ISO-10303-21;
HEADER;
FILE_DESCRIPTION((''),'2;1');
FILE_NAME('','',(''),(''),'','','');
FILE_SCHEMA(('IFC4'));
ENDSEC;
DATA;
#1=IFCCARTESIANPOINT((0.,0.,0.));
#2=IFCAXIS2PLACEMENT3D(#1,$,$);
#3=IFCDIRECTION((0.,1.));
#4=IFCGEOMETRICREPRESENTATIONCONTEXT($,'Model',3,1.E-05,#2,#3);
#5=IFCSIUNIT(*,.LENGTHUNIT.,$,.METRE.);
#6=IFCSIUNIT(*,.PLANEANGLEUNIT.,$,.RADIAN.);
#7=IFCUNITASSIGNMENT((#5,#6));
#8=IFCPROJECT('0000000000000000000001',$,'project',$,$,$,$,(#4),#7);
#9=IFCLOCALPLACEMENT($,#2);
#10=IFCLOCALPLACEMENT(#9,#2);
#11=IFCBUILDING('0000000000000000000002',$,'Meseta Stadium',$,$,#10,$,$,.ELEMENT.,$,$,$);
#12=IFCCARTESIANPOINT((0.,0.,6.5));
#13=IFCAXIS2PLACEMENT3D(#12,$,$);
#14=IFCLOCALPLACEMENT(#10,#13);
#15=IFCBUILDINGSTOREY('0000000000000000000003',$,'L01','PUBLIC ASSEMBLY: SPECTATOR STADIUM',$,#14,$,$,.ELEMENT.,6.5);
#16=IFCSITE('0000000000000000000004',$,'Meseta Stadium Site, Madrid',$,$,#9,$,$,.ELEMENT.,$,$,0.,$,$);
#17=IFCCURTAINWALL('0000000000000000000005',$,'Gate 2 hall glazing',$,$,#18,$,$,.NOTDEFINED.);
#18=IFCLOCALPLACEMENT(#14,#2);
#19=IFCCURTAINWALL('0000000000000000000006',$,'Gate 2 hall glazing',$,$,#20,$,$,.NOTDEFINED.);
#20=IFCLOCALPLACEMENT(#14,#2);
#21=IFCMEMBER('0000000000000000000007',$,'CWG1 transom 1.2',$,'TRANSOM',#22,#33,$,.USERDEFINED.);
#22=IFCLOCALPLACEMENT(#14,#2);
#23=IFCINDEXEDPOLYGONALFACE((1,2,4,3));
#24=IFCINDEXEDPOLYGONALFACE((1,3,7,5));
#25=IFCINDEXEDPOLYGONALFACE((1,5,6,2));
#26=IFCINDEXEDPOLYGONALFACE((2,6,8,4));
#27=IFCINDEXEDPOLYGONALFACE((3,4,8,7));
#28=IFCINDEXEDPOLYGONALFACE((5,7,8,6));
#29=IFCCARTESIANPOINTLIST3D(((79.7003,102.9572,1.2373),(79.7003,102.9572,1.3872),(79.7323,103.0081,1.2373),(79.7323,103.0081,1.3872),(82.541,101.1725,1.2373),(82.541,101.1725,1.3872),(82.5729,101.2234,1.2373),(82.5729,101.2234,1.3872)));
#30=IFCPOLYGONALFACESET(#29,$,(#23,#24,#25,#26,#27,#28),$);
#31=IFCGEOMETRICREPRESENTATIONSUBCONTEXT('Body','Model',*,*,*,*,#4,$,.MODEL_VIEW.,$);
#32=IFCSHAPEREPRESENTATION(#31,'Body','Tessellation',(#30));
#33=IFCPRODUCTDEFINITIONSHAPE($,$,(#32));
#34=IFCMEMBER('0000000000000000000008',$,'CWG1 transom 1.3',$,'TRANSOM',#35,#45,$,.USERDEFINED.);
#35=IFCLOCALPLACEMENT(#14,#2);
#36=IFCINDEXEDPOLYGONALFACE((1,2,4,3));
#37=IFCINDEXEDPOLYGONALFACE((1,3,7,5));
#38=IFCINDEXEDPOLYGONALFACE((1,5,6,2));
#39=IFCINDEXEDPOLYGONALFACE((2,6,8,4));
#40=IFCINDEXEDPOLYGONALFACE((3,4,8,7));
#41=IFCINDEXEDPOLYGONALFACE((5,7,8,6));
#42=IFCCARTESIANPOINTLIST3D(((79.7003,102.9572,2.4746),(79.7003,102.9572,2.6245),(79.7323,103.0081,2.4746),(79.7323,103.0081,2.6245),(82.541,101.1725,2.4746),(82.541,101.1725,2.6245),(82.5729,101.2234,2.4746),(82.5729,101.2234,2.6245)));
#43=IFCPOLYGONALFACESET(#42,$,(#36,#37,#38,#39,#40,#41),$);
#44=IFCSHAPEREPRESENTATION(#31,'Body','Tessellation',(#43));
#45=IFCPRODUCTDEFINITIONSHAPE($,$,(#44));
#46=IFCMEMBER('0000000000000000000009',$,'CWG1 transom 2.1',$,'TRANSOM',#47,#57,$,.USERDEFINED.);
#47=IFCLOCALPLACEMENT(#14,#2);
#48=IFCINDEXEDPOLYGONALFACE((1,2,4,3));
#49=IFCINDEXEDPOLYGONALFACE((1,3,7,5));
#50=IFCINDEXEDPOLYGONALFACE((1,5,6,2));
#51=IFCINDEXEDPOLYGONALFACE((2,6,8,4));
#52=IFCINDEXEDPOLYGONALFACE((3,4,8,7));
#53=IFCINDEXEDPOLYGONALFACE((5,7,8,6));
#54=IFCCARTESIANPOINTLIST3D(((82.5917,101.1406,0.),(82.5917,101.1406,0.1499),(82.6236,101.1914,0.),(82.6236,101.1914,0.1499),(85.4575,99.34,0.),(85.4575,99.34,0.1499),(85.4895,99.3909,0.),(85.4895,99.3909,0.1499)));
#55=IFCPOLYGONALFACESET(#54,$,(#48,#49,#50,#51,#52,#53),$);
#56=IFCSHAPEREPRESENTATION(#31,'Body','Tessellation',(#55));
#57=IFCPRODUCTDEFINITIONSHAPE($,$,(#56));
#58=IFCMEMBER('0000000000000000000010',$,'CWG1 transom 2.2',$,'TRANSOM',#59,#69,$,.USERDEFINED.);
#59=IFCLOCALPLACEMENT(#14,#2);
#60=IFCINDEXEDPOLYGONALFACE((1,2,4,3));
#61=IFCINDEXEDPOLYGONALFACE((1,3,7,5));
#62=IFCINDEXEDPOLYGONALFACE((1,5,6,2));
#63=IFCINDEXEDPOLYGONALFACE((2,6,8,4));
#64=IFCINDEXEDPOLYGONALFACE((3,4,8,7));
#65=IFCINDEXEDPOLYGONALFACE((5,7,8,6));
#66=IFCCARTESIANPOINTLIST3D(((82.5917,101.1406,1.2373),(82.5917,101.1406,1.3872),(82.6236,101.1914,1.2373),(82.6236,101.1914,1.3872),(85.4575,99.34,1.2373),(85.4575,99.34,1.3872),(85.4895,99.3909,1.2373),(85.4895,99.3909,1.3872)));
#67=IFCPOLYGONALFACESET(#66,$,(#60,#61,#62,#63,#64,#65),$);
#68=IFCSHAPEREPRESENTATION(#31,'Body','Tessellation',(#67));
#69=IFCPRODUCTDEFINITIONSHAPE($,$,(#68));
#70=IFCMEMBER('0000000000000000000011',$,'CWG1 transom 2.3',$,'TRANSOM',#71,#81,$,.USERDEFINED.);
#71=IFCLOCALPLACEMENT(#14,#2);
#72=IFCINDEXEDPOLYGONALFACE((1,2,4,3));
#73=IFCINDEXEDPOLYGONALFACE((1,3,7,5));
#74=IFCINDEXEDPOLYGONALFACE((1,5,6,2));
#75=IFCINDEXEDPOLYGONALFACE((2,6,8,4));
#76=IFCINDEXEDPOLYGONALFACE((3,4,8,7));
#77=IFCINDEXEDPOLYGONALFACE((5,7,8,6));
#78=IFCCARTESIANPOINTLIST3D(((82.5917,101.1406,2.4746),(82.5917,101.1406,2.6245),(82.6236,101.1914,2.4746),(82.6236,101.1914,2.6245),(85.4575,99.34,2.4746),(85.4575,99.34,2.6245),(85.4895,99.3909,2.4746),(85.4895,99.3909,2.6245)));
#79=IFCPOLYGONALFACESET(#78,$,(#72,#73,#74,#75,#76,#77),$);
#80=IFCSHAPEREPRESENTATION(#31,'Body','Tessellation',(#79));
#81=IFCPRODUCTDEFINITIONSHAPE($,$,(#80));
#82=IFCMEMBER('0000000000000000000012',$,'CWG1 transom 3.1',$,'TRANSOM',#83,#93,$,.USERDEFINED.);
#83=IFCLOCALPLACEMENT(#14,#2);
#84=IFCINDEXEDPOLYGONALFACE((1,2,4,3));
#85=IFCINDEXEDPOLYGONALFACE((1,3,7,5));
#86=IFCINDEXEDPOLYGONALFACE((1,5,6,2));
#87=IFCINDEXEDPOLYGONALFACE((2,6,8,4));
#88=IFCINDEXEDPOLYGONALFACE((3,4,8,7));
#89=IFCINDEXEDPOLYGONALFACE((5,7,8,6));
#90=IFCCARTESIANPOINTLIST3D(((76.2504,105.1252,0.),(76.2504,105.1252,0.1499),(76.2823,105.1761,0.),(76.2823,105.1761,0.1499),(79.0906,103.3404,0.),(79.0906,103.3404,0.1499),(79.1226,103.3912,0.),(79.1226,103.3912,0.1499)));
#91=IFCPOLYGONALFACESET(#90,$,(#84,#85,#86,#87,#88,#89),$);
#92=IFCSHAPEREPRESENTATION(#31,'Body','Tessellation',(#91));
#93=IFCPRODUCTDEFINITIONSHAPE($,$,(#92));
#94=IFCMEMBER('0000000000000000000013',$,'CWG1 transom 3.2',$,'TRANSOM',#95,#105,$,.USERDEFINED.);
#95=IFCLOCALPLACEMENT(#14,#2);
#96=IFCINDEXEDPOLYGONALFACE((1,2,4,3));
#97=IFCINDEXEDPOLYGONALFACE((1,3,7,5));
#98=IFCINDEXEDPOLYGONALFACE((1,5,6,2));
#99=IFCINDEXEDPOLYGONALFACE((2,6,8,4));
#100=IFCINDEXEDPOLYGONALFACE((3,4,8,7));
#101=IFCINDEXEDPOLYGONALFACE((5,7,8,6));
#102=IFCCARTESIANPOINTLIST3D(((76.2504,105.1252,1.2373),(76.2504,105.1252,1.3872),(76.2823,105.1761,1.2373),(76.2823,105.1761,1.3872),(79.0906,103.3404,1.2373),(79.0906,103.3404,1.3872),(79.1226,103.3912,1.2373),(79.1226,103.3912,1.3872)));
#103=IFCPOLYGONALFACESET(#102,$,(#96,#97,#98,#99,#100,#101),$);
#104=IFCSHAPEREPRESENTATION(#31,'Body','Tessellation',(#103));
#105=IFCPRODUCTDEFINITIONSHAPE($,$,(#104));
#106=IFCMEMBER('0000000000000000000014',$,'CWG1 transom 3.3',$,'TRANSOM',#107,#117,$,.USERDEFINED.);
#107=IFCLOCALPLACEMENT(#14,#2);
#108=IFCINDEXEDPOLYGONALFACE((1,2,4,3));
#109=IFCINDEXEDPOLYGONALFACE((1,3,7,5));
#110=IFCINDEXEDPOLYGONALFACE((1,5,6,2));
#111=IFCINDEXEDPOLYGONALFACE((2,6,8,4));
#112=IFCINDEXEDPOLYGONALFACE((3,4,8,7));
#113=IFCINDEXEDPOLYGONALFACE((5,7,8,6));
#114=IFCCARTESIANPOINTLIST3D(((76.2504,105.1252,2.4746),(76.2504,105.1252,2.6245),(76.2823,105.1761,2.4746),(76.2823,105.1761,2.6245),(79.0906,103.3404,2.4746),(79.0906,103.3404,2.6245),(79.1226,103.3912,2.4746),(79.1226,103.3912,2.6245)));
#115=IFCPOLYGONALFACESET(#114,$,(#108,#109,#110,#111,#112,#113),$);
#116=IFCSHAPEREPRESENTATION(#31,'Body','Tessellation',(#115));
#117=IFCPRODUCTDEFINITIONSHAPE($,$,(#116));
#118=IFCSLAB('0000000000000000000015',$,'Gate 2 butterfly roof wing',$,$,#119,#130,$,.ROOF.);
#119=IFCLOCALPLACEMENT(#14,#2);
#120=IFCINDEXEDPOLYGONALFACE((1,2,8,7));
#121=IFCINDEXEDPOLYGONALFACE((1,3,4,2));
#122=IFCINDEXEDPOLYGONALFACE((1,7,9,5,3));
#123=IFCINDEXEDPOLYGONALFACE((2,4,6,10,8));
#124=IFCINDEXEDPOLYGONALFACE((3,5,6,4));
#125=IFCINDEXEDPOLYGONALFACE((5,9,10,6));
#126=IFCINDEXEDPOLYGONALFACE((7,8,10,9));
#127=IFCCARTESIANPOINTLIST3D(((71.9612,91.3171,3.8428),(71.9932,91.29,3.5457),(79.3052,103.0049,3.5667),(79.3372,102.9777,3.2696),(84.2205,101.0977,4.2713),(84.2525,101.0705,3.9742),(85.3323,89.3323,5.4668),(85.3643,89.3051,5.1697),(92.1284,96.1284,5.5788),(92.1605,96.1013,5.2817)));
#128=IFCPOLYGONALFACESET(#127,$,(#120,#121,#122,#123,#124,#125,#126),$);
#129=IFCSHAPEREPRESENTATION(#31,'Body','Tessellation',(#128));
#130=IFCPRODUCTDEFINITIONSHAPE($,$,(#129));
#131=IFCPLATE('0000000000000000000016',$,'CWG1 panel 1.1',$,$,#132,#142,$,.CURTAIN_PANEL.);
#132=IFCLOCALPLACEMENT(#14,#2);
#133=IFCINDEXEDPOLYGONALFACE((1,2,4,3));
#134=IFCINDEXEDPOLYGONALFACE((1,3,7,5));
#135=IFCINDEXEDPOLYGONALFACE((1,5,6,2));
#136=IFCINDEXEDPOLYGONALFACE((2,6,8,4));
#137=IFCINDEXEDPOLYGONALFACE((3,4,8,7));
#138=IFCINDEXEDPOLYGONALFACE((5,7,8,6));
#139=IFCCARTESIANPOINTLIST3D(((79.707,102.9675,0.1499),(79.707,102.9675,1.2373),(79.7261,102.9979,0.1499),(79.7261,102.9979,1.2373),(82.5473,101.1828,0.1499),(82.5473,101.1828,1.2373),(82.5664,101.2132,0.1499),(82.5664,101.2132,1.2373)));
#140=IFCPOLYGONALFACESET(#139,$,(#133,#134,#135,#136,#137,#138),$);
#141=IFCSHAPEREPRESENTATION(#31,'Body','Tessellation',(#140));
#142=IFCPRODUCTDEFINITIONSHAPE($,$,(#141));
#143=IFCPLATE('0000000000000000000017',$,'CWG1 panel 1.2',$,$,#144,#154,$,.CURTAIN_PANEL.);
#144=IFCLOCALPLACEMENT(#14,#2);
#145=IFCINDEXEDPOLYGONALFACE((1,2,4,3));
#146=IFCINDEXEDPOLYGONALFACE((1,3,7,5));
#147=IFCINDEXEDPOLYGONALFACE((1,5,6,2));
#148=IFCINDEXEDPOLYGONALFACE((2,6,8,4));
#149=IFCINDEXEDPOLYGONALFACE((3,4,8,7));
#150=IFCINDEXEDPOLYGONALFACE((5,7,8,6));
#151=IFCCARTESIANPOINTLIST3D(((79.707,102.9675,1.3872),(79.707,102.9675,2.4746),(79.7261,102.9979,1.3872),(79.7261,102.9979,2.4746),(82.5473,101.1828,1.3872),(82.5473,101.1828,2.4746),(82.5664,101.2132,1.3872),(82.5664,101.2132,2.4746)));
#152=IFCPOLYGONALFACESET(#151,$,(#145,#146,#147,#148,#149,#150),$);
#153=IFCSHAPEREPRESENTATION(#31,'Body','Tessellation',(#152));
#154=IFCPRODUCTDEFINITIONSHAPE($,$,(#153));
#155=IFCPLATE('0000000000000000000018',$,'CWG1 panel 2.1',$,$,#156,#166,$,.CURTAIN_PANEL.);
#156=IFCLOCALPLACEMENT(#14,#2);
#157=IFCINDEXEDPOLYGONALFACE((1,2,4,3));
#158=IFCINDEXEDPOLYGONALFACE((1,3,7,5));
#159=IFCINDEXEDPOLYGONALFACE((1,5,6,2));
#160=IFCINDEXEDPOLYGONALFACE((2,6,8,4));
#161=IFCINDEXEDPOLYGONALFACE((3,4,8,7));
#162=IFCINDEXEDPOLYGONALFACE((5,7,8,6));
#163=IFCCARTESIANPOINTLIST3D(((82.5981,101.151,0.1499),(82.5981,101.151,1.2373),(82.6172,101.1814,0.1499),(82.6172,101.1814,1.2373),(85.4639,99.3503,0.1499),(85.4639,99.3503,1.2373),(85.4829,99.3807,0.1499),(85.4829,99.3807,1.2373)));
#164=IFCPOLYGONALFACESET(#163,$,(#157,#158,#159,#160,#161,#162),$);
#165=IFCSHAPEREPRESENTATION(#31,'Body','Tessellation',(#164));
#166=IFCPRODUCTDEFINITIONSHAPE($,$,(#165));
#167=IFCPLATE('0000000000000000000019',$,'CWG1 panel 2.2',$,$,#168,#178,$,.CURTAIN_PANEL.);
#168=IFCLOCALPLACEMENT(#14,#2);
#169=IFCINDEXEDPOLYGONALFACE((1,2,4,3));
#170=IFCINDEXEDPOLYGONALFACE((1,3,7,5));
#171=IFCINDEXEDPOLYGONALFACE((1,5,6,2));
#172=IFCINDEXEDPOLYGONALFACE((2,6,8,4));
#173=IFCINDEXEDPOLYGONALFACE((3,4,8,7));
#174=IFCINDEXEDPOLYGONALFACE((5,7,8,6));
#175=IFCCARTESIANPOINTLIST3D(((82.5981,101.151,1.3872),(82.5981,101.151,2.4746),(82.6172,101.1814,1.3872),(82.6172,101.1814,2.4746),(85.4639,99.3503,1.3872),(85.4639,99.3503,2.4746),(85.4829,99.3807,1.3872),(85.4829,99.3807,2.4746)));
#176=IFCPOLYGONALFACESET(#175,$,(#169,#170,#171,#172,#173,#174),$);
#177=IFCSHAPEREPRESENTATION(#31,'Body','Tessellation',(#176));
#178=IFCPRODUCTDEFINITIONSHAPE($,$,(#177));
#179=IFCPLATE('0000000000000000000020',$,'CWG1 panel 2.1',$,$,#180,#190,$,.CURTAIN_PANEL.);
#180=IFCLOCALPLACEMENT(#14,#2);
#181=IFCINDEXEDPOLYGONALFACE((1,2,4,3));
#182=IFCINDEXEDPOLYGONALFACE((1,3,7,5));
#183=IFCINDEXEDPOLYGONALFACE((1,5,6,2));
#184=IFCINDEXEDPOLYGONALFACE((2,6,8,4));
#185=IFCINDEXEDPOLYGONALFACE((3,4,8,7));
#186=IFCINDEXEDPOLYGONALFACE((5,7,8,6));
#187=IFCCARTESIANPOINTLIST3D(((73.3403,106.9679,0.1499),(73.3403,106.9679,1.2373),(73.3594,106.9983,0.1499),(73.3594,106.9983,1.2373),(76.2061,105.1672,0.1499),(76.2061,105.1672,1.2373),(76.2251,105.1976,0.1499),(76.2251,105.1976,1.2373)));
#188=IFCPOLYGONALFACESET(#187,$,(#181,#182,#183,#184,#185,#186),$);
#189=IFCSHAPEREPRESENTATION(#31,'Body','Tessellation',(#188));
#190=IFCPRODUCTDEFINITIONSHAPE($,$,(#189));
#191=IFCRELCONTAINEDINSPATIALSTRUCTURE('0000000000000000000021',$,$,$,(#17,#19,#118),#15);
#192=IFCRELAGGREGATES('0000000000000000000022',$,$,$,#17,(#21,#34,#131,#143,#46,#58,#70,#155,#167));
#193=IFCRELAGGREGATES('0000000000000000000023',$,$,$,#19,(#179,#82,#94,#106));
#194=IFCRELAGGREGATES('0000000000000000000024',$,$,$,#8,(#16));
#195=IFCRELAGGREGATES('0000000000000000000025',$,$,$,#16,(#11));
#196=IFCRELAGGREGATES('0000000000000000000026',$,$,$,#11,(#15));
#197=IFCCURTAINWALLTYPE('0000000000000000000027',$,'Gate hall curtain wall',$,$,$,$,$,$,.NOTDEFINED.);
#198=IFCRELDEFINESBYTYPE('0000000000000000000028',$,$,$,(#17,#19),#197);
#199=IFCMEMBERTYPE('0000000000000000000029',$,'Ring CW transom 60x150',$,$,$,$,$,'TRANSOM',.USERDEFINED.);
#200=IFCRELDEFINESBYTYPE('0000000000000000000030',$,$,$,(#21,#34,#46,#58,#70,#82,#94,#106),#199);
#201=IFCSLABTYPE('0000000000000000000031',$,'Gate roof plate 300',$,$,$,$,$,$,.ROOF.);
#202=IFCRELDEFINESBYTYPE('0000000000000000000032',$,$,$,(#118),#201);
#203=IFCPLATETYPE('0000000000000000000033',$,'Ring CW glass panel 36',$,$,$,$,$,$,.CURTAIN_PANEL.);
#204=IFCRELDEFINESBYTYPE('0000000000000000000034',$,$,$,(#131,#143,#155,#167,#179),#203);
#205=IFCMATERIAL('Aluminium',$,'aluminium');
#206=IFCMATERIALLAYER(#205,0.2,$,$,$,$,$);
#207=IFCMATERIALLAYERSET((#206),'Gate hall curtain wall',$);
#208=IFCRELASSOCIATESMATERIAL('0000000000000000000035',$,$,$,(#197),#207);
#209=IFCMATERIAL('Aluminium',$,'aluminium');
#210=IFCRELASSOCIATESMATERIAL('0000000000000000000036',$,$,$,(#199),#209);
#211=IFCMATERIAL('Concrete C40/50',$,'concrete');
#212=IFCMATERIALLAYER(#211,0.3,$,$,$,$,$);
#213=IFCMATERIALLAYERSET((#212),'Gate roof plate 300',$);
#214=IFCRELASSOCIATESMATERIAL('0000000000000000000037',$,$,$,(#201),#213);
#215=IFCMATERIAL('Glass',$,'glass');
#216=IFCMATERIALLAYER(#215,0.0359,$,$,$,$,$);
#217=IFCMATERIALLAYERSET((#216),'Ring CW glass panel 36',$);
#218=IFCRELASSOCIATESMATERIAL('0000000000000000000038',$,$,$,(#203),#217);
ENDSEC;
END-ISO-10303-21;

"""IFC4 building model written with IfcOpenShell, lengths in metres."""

from ifc_helpers import new_model, si_unit, direction, frame, origin, origin_2d, place, context, subcontext, project, spatial, polyline, rectangle, outline, extrude, material, layer, layer_set, material_profile, profile_set, type_object, element, aggregate, save


model = new_model("IFC4")

# Units and contexts
model_context = context("Model", 3, precision=1e-05, world=origin(), true_north=direction((0.0, 1.0)))
body_context = subcontext(model_context, "Body", "Model", "MODEL_VIEW")
ifc_project = project(units=[si_unit("LENGTHUNIT", "METRE"), si_unit("PLANEANGLEUNIT", "RADIAN")], contexts=[model_context])

# Site, building, storey
site_placement = place(None, origin())
site = spatial("IfcSite", under=ifc_project, at=site_placement, Name="Meseta Stadium Site, Madrid", CompositionType="ELEMENT", RefElevation=0.0)
building_placement = place(site_placement, origin())
building = spatial("IfcBuilding", under=site, at=building_placement, Name="Meseta Stadium", CompositionType="ELEMENT")
storey_placement = place(building_placement, frame((0.0, 0.0, 6.5)))
storey = spatial("IfcBuildingStorey", under=building, at=storey_placement, Name="L01", Description="PUBLIC ASSEMBLY: SPECTATOR STADIUM", CompositionType="ELEMENT", Elevation=6.5)

# Curtain walls
ifc_material_1 = material(Name="Aluminium", Category="aluminium")
ifc_layer_1 = layer(ifc_material_1, 0.2)
ifc_layer_set_1 = layer_set([ifc_layer_1], Name="Gate hall curtain wall")
curtain_wall_type = type_object("IfcCurtainWallType", Name="Gate hall curtain wall", PredefinedType="NOTDEFINED", material=ifc_layer_set_1)
curtain_wall_1_placement = place(storey_placement, origin())
curtain_wall_1 = element("IfcCurtainWall", 1, at=curtain_wall_1_placement, inside=storey, type_object=curtain_wall_type, Name="Gate 2 hall glazing", PredefinedType="NOTDEFINED")
curtain_wall_2_placement = place(storey_placement, origin())
curtain_wall_2 = element("IfcCurtainWall", 2, at=curtain_wall_2_placement, inside=storey, type_object=curtain_wall_type, Name="Gate 2 hall glazing", PredefinedType="NOTDEFINED")

# Members
ifc_material_2 = material(Name="Aluminium", Category="aluminium")
ifc_material_profile_1 = material_profile(ifc_material_2, rectangle(XDim=0.0601, YDim=0.1499, at=origin_2d()), Name="CW 60x150")
ifc_profile_set_1 = profile_set([ifc_material_profile_1], Name="Aluminium")
member_type_1 = type_object("IfcMemberType", Name="Ring CW transom 60x150", ElementType="TRANSOM", PredefinedType="USERDEFINED", material=ifc_profile_set_1)
member_1_placement = place(storey_placement, frame((79.7163, 102.9827, 1.3123), z_axis=(0.846749, -0.531993, 0.0), x_axis=(0.531993, 0.846749, 0.0)))
member_1 = element("IfcMember", 3, at=member_1_placement, type_object=member_type_1, Name="CWG1 transom 1.2", ObjectType="TRANSOM", PredefinedType="USERDEFINED", context=body_context, shape_type="SweptSolid", body=[
    extrude(rectangle(XDim=0.0601, YDim=0.1499, at=origin_2d()), origin(), (0.0, 0.0, 1.0), 3.3547),
])
member_2_placement = place(storey_placement, frame((79.7163, 102.9827, 2.5496), z_axis=(0.846749, -0.531993, 0.0), x_axis=(0.531993, 0.846749, 0.0)))
member_2 = element("IfcMember", 4, at=member_2_placement, type_object=member_type_1, Name="CWG1 transom 1.3", ObjectType="TRANSOM", PredefinedType="USERDEFINED", context=body_context, shape_type="SweptSolid", body=[
    extrude(rectangle(XDim=0.0601, YDim=0.1499, at=origin_2d()), origin(), (0.0, 0.0, 1.0), 3.3547),
])
member_3_placement = place(storey_placement, frame((82.6077, 101.166, 0.075), z_axis=(0.84674, -0.532008, 0.0), x_axis=(0.532008, 0.84674, 0.0)))
member_3 = element("IfcMember", 5, at=member_3_placement, type_object=member_type_1, Name="CWG1 transom 2.1", ObjectType="TRANSOM", PredefinedType="USERDEFINED", context=body_context, shape_type="SweptSolid", body=[
    extrude(rectangle(XDim=0.0601, YDim=0.1499, at=origin_2d()), origin(), (0.0, 0.0, 1.0), 3.3845),
])
member_4_placement = place(storey_placement, frame((82.6077, 101.166, 1.3123), z_axis=(0.84674, -0.532008, 0.0), x_axis=(0.532008, 0.84674, 0.0)))
member_4 = element("IfcMember", 6, at=member_4_placement, type_object=member_type_1, Name="CWG1 transom 2.2", ObjectType="TRANSOM", PredefinedType="USERDEFINED", context=body_context, shape_type="SweptSolid", body=[
    extrude(rectangle(XDim=0.0601, YDim=0.1499, at=origin_2d()), origin(), (0.0, 0.0, 1.0), 3.3845),
])
member_5_placement = place(storey_placement, frame((82.6077, 101.166, 2.5496), z_axis=(0.84674, -0.532008, 0.0), x_axis=(0.532008, 0.84674, 0.0)))
member_5 = element("IfcMember", 7, at=member_5_placement, type_object=member_type_1, Name="CWG1 transom 2.3", ObjectType="TRANSOM", PredefinedType="USERDEFINED", context=body_context, shape_type="SweptSolid", body=[
    extrude(rectangle(XDim=0.0601, YDim=0.1499, at=origin_2d()), origin(), (0.0, 0.0, 1.0), 3.3845),
])
member_6_placement = place(storey_placement, frame((76.2664, 105.1506, 0.075), z_axis=(0.846696, -0.532078, 0.0), x_axis=(0.532078, 0.846696, 0.0)))
member_6 = element("IfcMember", 8, at=member_6_placement, type_object=member_type_1, Name="CWG1 transom 3.1", ObjectType="TRANSOM", PredefinedType="USERDEFINED", context=body_context, shape_type="SweptSolid", body=[
    extrude(rectangle(XDim=0.0601, YDim=0.1499, at=origin_2d()), origin(), (0.0, 0.0, 1.0), 3.3545),
])
member_7_placement = place(storey_placement, frame((76.2664, 105.1506, 1.3123), z_axis=(0.846696, -0.532078, 0.0), x_axis=(0.532078, 0.846696, 0.0)))
member_7 = element("IfcMember", 9, at=member_7_placement, type_object=member_type_1, Name="CWG1 transom 3.2", ObjectType="TRANSOM", PredefinedType="USERDEFINED", context=body_context, shape_type="SweptSolid", body=[
    extrude(rectangle(XDim=0.0601, YDim=0.1499, at=origin_2d()), origin(), (0.0, 0.0, 1.0), 3.3545),
])
member_8_placement = place(storey_placement, frame((76.2664, 105.1506, 2.5496), z_axis=(0.846696, -0.532078, 0.0), x_axis=(0.532078, 0.846696, 0.0)))
member_8 = element("IfcMember", 10, at=member_8_placement, type_object=member_type_1, Name="CWG1 transom 3.3", ObjectType="TRANSOM", PredefinedType="USERDEFINED", context=body_context, shape_type="SweptSolid", body=[
    extrude(rectangle(XDim=0.0601, YDim=0.1499, at=origin_2d()), origin(), (0.0, 0.0, 1.0), 3.3545),
])

# Slab
ifc_material_3 = material(Name="Concrete C40/50", Category="concrete")
ifc_layer_2 = layer(ifc_material_3, 0.3)
ifc_layer_set_2 = layer_set([ifc_layer_2], Name="Gate roof plate 300")
slab_type = type_object("IfcSlabType", Name="Gate roof plate 300", PredefinedType="ROOF", material=ifc_layer_set_2)
slab_placement = place(storey_placement, frame((79.3052, 103.0049, 3.5667), z_axis=(-0.106828, 0.090518, 0.990149), x_axis=(-0.531931, -0.846552, 0.02)))
element("IfcSlab", 11, at=slab_placement, inside=storey, type_object=slab_type, Name="Gate 2 butterfly roof wing", PredefinedType="ROOF", context=body_context, shape_type="SweptSolid", body=[
    extrude(outline(polyline([(0.0, 0.0), (13.8063, 0.0), (8.4066, 12.4982), (-0.9596, 14.6577), (-0.9859, 5.227), (0.0, 0.0)])), origin(), (0.0, 0.0, -1.0), 0.3),
])

# Plates
ifc_material_4 = material(Name="Glass", Category="glass")
ifc_layer_3 = layer(ifc_material_4, 0.0359)
ifc_layer_set_3 = layer_set([ifc_layer_3], Name="Ring CW glass panel 36")
plate_type = type_object("IfcPlateType", Name="Ring CW glass panel 36", PredefinedType="CURTAIN_PANEL", material=ifc_layer_set_3)
plate_1_placement = place(storey_placement, frame((81.1367, 102.0903, 0.1499), z_axis=(0.0, 0.0, 1.0), x_axis=(0.846723, -0.532035, 0.0)))
plate_1 = element("IfcPlate", 12, at=plate_1_placement, type_object=plate_type, Name="CWG1 panel 1.1", PredefinedType="CURTAIN_PANEL", context=body_context, shape_type="SweptSolid", body=[
    extrude(rectangle(XDim=3.3545, YDim=0.0359, at=origin_2d()), origin(), (0.0, 0.0, 1.0), 1.0874),
])
plate_2_placement = place(storey_placement, frame((81.1367, 102.0903, 1.3872), z_axis=(0.0, 0.0, 1.0), x_axis=(0.846723, -0.532035, 0.0)))
plate_2 = element("IfcPlate", 13, at=plate_2_placement, type_object=plate_type, Name="CWG1 panel 1.2", PredefinedType="CURTAIN_PANEL", context=body_context, shape_type="SweptSolid", body=[
    extrude(rectangle(XDim=3.3545, YDim=0.0359, at=origin_2d()), origin(), (0.0, 0.0, 1.0), 1.0874),
])
plate_3_placement = place(storey_placement, frame((84.0405, 100.2659, 0.1499), z_axis=(0.0, 0.0, 1.0), x_axis=(0.846723, -0.532035, 0.0)))
plate_3 = element("IfcPlate", 14, at=plate_3_placement, type_object=plate_type, Name="CWG1 panel 2.1", PredefinedType="CURTAIN_PANEL", context=body_context, shape_type="SweptSolid", body=[
    extrude(rectangle(XDim=3.3845, YDim=0.0359, at=origin_2d()), origin(), (0.0, 0.0, 1.0), 1.0874),
])
plate_4_placement = place(storey_placement, frame((84.0405, 100.2659, 1.3872), z_axis=(0.0, 0.0, 1.0), x_axis=(0.846723, -0.532035, 0.0)))
plate_4 = element("IfcPlate", 15, at=plate_4_placement, type_object=plate_type, Name="CWG1 panel 2.2", PredefinedType="CURTAIN_PANEL", context=body_context, shape_type="SweptSolid", body=[
    extrude(rectangle(XDim=3.3845, YDim=0.0359, at=origin_2d()), origin(), (0.0, 0.0, 1.0), 1.0874),
])
aggregate(curtain_wall_1, [member_1, member_2, plate_1, plate_2, member_3, member_4, member_5, plate_3, plate_4])
plate_5_placement = place(storey_placement, frame((74.7827, 106.0828, 0.1499), z_axis=(0.0, 0.0, 1.0), x_axis=(0.846727, -0.532028, 0.0)))
plate_5 = element("IfcPlate", 16, at=plate_5_placement, type_object=plate_type, Name="CWG1 panel 2.1", PredefinedType="CURTAIN_PANEL", context=body_context, shape_type="SweptSolid", body=[
    extrude(rectangle(XDim=3.3845, YDim=0.0359, at=origin_2d()), origin(), (0.0, 0.0, 1.0), 1.0874),
])
aggregate(curtain_wall_2, [plate_5, member_6, member_7, member_8])

save(model, "model.ifc")
